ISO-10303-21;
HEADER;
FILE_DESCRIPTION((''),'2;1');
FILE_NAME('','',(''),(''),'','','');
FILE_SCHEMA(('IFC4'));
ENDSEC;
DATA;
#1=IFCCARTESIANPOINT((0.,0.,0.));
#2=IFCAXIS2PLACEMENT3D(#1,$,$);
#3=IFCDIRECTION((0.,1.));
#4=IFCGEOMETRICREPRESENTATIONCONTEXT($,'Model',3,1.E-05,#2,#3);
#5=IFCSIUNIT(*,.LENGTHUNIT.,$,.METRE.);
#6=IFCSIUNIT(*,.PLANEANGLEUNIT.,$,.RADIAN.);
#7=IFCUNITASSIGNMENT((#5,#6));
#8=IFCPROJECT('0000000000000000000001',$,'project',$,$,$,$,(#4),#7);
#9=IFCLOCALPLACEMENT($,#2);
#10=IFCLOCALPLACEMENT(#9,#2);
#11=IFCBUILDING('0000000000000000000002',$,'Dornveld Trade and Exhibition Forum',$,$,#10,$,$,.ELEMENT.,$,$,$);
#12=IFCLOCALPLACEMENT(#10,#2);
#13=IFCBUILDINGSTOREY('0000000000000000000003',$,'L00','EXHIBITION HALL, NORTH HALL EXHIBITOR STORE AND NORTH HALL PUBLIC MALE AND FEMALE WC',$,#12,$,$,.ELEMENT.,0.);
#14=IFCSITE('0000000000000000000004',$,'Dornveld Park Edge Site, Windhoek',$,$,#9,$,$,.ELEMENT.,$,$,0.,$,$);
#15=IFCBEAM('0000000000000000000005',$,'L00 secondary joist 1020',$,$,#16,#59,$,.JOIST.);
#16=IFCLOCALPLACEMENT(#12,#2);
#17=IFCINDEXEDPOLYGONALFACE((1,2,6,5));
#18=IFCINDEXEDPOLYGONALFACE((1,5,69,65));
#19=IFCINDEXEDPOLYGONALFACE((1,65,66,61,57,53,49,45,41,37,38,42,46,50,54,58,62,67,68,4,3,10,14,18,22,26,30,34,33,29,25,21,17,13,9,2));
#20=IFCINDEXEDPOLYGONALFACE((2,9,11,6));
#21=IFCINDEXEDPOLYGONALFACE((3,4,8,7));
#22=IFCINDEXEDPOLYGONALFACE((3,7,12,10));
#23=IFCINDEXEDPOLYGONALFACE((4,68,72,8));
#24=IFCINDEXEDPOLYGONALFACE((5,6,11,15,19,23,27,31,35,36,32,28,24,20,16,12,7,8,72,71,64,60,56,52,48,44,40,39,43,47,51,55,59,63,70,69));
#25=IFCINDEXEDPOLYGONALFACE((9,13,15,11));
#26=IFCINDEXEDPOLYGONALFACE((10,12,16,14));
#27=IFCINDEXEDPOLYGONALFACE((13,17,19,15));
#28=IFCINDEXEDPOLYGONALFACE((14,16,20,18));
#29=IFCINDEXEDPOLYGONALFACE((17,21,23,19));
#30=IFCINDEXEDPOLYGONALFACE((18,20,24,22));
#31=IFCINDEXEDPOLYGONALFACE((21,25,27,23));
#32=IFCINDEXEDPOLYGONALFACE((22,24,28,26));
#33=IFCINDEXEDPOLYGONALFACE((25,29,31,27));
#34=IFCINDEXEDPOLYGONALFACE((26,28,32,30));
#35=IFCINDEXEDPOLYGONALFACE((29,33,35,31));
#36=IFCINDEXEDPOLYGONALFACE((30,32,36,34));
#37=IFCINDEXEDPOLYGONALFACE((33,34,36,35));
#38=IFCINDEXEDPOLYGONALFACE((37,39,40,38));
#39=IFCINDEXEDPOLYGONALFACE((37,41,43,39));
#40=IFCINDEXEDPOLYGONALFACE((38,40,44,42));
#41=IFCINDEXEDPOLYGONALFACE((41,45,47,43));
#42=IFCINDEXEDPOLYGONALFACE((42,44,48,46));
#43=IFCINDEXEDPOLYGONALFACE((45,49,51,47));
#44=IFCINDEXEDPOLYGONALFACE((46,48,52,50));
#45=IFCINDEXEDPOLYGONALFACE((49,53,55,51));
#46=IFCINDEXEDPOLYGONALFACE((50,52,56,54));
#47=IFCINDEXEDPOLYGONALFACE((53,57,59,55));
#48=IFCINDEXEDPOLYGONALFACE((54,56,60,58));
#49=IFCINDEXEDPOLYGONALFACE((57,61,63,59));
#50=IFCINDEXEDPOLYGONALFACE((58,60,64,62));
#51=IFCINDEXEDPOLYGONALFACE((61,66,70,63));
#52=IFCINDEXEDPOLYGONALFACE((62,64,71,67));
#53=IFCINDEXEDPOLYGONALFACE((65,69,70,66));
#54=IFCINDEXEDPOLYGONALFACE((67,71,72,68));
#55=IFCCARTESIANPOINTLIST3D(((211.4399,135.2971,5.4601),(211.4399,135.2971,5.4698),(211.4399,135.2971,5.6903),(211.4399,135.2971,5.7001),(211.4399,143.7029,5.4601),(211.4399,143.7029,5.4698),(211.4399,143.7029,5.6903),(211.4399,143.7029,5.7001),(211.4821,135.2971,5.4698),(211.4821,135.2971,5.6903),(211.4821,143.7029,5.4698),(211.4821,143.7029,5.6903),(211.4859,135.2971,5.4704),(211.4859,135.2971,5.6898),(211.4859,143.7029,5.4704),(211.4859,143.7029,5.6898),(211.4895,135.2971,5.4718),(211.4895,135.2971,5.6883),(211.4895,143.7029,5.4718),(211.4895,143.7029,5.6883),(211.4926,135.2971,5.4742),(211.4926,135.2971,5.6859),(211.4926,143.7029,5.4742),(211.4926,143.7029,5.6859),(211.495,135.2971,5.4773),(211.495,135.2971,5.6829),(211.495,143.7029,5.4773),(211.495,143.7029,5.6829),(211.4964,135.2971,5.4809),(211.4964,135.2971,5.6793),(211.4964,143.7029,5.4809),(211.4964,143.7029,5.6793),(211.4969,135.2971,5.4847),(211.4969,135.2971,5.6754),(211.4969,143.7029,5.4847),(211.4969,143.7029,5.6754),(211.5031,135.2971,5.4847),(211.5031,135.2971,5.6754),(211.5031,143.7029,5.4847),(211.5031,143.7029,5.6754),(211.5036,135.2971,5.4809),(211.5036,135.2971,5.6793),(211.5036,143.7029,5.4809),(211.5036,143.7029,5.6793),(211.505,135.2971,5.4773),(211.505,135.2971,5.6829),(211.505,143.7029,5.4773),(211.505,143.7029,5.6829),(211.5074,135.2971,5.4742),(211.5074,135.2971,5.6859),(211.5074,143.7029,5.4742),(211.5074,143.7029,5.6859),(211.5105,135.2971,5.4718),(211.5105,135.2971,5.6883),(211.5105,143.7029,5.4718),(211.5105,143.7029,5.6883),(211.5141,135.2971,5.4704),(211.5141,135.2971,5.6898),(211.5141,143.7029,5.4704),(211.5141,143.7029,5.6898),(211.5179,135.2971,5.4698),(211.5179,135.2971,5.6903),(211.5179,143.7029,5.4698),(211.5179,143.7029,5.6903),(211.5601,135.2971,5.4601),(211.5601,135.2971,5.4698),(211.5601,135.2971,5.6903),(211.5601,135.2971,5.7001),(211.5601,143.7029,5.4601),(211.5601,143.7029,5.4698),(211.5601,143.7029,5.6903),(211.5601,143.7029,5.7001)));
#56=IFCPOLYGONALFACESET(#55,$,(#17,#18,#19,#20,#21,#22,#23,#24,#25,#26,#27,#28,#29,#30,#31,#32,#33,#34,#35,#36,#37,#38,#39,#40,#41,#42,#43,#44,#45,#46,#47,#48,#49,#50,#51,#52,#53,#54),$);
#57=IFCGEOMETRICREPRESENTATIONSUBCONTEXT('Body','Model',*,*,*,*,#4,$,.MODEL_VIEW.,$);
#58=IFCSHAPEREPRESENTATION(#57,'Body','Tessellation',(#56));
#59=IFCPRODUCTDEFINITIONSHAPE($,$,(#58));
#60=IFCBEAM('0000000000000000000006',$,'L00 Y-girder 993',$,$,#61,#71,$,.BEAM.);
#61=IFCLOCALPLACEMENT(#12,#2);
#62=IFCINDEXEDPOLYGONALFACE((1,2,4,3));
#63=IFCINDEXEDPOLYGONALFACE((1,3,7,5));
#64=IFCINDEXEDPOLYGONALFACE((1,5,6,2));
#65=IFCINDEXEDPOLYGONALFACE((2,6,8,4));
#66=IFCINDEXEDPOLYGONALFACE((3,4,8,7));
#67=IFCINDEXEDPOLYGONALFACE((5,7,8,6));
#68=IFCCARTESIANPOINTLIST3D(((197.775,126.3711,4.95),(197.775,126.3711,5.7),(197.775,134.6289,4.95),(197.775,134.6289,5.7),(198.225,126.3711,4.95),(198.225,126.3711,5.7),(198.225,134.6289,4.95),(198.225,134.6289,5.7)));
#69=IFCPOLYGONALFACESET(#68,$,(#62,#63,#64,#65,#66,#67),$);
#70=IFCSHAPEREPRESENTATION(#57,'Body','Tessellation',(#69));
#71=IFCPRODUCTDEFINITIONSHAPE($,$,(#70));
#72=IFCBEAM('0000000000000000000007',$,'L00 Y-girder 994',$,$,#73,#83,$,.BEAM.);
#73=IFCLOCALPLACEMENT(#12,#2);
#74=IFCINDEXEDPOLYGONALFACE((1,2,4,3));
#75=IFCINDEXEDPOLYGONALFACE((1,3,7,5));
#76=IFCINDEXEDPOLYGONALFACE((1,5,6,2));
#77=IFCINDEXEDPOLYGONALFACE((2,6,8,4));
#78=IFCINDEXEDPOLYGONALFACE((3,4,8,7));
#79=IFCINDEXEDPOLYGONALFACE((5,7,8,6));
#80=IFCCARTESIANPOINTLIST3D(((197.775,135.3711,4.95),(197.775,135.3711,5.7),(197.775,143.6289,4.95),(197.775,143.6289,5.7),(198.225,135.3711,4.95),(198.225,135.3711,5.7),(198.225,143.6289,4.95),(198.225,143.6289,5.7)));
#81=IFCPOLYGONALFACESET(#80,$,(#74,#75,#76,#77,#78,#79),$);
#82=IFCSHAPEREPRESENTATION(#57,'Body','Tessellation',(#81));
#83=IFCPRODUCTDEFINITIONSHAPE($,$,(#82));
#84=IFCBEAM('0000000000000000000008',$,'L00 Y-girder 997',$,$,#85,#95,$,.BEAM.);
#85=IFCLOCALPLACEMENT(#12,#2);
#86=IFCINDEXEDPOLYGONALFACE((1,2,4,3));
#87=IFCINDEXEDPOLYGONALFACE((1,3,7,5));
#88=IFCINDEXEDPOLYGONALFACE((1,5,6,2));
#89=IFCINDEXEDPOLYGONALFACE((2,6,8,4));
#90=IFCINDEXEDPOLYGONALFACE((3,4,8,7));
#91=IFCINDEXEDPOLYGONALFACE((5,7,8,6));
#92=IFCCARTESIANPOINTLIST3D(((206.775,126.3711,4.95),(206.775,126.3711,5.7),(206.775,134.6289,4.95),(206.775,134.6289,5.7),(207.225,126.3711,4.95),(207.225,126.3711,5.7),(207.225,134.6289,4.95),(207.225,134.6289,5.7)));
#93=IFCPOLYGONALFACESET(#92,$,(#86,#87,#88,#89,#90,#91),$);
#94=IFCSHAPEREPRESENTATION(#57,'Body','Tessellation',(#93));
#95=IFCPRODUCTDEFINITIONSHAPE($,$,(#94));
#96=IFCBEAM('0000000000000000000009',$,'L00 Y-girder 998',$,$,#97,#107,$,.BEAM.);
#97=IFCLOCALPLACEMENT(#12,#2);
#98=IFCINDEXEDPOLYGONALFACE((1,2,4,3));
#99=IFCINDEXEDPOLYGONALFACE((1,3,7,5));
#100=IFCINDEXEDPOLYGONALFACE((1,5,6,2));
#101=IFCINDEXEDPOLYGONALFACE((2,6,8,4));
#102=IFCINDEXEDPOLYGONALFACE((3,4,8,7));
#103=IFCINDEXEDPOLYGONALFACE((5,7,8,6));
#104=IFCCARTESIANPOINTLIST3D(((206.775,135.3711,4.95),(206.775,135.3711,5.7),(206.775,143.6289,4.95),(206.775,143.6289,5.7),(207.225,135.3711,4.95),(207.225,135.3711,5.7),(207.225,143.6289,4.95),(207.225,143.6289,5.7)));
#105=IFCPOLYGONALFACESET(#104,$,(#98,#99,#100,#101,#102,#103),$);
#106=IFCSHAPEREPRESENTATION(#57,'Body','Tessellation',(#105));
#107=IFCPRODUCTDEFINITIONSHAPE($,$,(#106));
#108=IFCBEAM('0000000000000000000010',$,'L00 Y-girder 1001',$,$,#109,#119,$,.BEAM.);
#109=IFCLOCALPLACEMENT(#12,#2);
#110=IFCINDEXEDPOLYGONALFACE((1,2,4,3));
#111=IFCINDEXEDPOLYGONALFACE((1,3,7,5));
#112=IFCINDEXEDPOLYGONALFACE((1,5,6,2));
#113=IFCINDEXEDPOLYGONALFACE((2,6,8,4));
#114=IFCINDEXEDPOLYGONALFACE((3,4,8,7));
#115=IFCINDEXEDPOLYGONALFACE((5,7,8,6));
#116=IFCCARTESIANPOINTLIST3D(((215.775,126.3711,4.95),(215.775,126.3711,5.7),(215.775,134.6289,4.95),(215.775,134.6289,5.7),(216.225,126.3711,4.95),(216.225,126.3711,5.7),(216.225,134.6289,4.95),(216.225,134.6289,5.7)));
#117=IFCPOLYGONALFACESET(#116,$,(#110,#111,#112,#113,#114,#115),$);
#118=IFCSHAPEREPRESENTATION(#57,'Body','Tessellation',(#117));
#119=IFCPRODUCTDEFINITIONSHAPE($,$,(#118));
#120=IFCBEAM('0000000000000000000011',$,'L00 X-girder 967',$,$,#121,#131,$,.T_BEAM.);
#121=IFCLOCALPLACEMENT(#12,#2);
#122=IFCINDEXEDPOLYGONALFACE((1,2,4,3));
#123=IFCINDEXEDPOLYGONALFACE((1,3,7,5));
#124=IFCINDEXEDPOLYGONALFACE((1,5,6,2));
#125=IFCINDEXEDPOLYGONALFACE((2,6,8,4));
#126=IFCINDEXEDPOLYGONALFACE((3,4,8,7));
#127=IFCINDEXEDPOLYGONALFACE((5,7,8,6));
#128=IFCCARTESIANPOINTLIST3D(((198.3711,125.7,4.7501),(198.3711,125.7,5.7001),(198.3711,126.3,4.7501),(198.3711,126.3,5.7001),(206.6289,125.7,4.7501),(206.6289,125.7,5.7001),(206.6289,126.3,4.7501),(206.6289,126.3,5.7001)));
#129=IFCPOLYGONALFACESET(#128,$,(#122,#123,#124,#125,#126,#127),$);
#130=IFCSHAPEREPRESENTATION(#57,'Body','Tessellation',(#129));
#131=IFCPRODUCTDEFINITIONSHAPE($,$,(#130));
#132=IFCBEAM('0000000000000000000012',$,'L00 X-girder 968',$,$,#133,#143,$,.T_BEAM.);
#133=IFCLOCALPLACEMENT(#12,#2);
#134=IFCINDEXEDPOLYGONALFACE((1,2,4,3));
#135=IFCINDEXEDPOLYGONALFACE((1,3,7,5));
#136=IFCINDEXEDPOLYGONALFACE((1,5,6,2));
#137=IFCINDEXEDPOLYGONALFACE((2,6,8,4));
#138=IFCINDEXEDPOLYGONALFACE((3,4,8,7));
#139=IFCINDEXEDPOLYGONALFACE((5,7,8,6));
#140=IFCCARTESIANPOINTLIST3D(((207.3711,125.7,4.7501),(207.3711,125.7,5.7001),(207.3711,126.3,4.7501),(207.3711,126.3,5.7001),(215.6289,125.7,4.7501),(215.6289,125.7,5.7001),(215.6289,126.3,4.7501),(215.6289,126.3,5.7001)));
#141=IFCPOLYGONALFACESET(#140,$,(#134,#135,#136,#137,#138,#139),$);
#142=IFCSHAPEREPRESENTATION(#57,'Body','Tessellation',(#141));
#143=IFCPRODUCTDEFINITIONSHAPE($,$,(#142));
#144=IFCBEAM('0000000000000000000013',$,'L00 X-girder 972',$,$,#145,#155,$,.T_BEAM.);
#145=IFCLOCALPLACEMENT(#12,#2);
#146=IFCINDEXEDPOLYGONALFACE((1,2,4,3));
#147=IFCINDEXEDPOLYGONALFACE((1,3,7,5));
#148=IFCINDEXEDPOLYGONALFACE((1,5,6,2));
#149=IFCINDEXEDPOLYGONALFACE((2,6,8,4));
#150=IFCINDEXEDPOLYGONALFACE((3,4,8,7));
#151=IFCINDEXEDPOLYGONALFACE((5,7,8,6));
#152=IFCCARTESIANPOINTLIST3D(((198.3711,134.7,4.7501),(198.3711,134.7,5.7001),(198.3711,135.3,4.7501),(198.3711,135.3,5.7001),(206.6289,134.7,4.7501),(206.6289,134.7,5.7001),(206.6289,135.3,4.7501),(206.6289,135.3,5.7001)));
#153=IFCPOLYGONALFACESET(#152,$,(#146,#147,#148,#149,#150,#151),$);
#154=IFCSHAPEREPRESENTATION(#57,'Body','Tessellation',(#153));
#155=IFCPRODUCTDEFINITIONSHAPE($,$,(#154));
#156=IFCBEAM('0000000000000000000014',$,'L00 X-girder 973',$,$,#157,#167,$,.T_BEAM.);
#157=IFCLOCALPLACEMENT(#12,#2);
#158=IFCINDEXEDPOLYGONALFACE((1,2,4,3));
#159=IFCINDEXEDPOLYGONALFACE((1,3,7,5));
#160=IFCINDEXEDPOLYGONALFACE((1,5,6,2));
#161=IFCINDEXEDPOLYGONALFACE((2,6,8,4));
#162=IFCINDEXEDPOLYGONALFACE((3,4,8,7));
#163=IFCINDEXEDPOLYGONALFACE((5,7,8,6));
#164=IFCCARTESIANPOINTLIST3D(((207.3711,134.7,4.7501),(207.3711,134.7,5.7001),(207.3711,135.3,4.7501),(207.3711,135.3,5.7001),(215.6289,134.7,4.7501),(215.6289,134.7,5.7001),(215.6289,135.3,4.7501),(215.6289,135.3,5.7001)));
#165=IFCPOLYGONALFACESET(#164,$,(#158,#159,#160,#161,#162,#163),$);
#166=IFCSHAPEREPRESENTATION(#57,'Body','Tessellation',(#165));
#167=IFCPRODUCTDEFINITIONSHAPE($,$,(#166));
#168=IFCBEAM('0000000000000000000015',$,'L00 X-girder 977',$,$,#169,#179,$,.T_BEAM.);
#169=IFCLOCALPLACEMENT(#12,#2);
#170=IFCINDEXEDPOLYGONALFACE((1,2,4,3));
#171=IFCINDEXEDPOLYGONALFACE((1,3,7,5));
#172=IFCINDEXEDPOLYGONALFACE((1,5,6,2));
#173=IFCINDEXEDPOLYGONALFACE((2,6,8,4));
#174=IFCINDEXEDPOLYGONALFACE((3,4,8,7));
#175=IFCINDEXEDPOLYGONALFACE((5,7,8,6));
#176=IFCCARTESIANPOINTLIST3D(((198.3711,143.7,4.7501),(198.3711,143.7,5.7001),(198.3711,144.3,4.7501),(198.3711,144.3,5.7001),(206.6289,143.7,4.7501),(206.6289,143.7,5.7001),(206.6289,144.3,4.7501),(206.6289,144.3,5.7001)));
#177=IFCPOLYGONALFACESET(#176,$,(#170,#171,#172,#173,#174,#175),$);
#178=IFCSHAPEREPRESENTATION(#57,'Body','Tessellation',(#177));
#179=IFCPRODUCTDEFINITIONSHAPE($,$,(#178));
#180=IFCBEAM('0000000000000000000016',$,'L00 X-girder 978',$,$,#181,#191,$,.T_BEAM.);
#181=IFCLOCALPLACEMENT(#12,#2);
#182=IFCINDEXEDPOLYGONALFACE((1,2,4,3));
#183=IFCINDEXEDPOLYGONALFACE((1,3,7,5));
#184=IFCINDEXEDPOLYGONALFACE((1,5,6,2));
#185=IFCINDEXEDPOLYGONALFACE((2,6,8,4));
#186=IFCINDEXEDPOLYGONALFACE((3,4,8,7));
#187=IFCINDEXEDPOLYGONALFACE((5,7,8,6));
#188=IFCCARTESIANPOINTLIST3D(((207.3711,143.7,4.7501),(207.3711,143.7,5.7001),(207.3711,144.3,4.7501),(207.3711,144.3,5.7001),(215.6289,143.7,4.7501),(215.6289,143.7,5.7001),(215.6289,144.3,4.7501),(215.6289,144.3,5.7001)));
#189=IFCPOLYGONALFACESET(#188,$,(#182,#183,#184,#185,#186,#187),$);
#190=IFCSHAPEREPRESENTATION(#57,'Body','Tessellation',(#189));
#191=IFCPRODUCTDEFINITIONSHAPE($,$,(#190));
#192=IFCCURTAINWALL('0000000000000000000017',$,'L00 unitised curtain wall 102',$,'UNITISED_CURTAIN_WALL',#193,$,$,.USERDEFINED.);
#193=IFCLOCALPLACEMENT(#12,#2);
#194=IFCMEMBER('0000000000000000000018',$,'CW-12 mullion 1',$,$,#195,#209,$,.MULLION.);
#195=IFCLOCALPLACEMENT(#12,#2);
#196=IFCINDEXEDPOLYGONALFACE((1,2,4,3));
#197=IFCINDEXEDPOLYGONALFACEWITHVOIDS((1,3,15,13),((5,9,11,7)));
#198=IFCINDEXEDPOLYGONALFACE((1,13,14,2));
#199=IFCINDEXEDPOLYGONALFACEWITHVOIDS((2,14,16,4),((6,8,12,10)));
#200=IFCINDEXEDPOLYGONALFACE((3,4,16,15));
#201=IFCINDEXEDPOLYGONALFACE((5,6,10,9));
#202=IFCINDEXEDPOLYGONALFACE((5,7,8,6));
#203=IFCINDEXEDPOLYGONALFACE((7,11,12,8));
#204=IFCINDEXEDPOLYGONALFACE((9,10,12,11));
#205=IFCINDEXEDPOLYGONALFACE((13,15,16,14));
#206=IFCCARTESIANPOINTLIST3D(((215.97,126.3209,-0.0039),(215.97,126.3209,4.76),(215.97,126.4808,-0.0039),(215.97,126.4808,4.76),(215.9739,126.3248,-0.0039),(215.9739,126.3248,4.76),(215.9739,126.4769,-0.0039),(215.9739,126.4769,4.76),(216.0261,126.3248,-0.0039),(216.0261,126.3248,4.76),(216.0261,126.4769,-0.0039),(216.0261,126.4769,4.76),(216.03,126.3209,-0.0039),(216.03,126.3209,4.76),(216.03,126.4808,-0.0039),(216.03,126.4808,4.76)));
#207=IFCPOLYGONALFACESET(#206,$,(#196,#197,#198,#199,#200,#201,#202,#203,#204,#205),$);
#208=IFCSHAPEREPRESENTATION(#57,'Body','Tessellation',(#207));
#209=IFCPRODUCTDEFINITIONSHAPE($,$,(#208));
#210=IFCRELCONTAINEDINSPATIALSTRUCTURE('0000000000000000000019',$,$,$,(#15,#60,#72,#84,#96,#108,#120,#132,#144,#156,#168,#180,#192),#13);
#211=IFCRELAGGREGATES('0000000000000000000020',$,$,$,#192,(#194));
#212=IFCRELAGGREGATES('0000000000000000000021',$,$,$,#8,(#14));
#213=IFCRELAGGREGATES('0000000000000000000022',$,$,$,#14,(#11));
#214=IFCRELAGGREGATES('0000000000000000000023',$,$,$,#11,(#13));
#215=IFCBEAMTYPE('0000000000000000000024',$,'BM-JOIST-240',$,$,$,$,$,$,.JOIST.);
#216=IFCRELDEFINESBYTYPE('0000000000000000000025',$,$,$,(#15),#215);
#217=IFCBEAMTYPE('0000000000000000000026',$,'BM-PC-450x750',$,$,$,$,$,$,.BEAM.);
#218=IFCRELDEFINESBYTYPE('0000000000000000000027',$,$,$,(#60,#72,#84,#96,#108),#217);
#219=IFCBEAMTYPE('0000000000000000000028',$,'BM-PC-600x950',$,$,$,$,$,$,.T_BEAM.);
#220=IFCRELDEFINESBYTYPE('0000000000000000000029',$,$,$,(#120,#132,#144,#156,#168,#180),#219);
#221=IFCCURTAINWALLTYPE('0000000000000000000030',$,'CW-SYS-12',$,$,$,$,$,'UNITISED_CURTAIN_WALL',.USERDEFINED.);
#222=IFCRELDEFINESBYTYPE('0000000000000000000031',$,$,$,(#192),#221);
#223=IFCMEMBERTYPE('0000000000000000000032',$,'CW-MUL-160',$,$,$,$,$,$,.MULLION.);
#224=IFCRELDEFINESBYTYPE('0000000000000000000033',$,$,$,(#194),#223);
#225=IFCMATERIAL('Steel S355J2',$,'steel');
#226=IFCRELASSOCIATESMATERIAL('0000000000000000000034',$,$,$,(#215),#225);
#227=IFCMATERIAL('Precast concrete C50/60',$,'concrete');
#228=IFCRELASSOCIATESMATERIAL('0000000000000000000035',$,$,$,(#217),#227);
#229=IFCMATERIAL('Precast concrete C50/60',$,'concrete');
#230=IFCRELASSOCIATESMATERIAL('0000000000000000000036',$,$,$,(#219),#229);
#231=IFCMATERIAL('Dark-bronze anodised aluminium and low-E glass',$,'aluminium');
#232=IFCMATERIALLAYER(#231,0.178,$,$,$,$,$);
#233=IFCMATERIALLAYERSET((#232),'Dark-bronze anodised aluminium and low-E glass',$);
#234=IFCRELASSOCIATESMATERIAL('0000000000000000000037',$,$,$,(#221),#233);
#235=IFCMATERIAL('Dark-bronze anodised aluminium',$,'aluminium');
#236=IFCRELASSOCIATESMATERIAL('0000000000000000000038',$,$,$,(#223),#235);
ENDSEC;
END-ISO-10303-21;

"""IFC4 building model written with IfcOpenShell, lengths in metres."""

from ifc_helpers import new_model, si_unit, direction, frame, origin, origin_2d, place, context, subcontext, project, spatial, rectangle, hollow_rectangle, i_section, extrude, material, layer, layer_set, material_profile, profile_set, type_object, element, aggregate, save


model = new_model("IFC4")

# Units and contexts
model_context = context("Model", 3, precision=1e-05, world=origin(), true_north=direction((0.0, 1.0)))
body_context = subcontext(model_context, "Body", "Model", "MODEL_VIEW")
ifc_project = project(units=[si_unit("LENGTHUNIT", "METRE"), si_unit("PLANEANGLEUNIT", "RADIAN")], contexts=[model_context])

# Site, building, storey
site_placement = place(None, origin())
site = spatial("IfcSite", under=ifc_project, at=site_placement, Name="Dornveld Park Edge Site, Windhoek", CompositionType="ELEMENT", RefElevation=0.0)
building_placement = place(site_placement, origin())
building = spatial("IfcBuilding", under=site, at=building_placement, Name="Dornveld Trade and Exhibition Forum", CompositionType="ELEMENT")
storey_placement = place(building_placement, origin())
storey = spatial("IfcBuildingStorey", under=building, at=storey_placement, Name="L00", Description="EXHIBITION HALL, NORTH HALL EXHIBITOR STORE AND NORTH HALL PUBLIC MALE AND FEMALE WC", CompositionType="ELEMENT", Elevation=0.0)

# Beams
ifc_material_1 = material(Name="Steel S355J2", Category="steel")
ifc_material_profile_1 = material_profile(ifc_material_1, i_section(OverallWidth=0.1201, OverallDepth=0.24, WebThickness=0.0061, FlangeThickness=0.0098, FilletRadius=0.0149, at=origin_2d()), Name="IPE 240")
ifc_profile_set_1 = profile_set([ifc_material_profile_1], Name="Steel S355J2")
beam_type_1 = type_object("IfcBeamType", Name="BM-JOIST-240", PredefinedType="JOIST", material=ifc_profile_set_1)
for number, where, z_axis, x_axis, name in (
    (1, (211.5, 135.2971, 5.5801), (0.0, 1.0, 0.0), (-1.0, 0.0, 0.0), "L00 secondary joist 1020"),
):
    element("IfcBeam", number, at=place(storey_placement, frame(where, z_axis=z_axis, x_axis=x_axis)), inside=storey, type_object=beam_type_1, Name=name, PredefinedType="JOIST", context=body_context, shape_type="SweptSolid", body=[
        extrude(i_section(OverallWidth=0.1201, OverallDepth=0.24, WebThickness=0.0061, FlangeThickness=0.0098, FilletRadius=0.0149, at=origin_2d()), origin(), (0.0, 0.0, 1.0), 8.4058),
    ])
ifc_material_2 = material(Name="Precast concrete C50/60", Category="concrete")
ifc_material_profile_2 = material_profile(ifc_material_2, rectangle(XDim=0.45, YDim=0.75, at=origin_2d()), Name="PC-BM 450x750")
ifc_profile_set_2 = profile_set([ifc_material_profile_2], Name="Precast concrete C50/60")
beam_type_2 = type_object("IfcBeamType", Name="BM-PC-450x750", PredefinedType="BEAM", material=ifc_profile_set_2)
for number, where, z_axis, x_axis, name in (
    (2, (198.0, 126.3711, 5.325), (0.0, 1.0, 0.0), (-1.0, 0.0, 0.0), "L00 Y-girder 993"),
    (3, (198.0, 135.3711, 5.325), (0.0, 1.0, 0.0), (-1.0, 0.0, 0.0), "L00 Y-girder 994"),
    (4, (207.0, 126.3711, 5.325), (0.0, 1.0, 0.0), (-1.0, 0.0, 0.0), "L00 Y-girder 997"),
    (5, (207.0, 135.3711, 5.325), (0.0, 1.0, 0.0), (-1.0, 0.0, 0.0), "L00 Y-girder 998"),
    (6, (216.0, 126.3711, 5.325), (0.0, 1.0, 0.0), (-1.0, 0.0, 0.0), "L00 Y-girder 1001"),
):
    element("IfcBeam", number, at=place(storey_placement, frame(where, z_axis=z_axis, x_axis=x_axis)), inside=storey, type_object=beam_type_2, Name=name, PredefinedType="BEAM", context=body_context, shape_type="SweptSolid", body=[
        extrude(rectangle(XDim=0.45, YDim=0.75, at=origin_2d()), origin(), (0.0, 0.0, 1.0), 8.2578),
    ])
ifc_material_3 = material(Name="Precast concrete C50/60", Category="concrete")
ifc_material_profile_3 = material_profile(ifc_material_3, rectangle(XDim=0.6001, YDim=0.95, at=origin_2d()), Name="PC-GIR 600x950")
ifc_profile_set_3 = profile_set([ifc_material_profile_3], Name="Precast concrete C50/60")
beam_type_3 = type_object("IfcBeamType", Name="BM-PC-600x950", PredefinedType="T_BEAM", material=ifc_profile_set_3)
for number, where, z_axis, x_axis, name in (
    (7, (198.3711, 126.0, 5.2251), (1.0, 0.0, 0.0), (0.0, 1.0, 0.0), "L00 X-girder 967"),
    (8, (207.3711, 126.0, 5.2251), (1.0, 0.0, 0.0), (0.0, 1.0, 0.0), "L00 X-girder 968"),
    (9, (198.3711, 135.0, 5.2251), (1.0, 0.0, 0.0), (0.0, 1.0, 0.0), "L00 X-girder 972"),
    (10, (207.3711, 135.0, 5.2251), (1.0, 0.0, 0.0), (0.0, 1.0, 0.0), "L00 X-girder 973"),
    (11, (198.3711, 144.0, 5.2251), (1.0, 0.0, 0.0), (0.0, 1.0, 0.0), "L00 X-girder 977"),
    (12, (207.3711, 144.0, 5.2251), (1.0, 0.0, 0.0), (0.0, 1.0, 0.0), "L00 X-girder 978"),
):
    element("IfcBeam", number, at=place(storey_placement, frame(where, z_axis=z_axis, x_axis=x_axis)), inside=storey, type_object=beam_type_3, Name=name, PredefinedType="T_BEAM", context=body_context, shape_type="SweptSolid", body=[
        extrude(rectangle(XDim=0.6001, YDim=0.95, at=origin_2d()), origin(), (0.0, 0.0, 1.0), 8.2578),
    ])

# Curtain wall, member
ifc_material_4 = material(Name="Dark-bronze anodised aluminium and low-E glass", Category="aluminium")
ifc_layer = layer(ifc_material_4, 0.178)
ifc_layer_set = layer_set([ifc_layer], Name="Dark-bronze anodised aluminium and low-E glass")
curtain_wall_type = type_object("IfcCurtainWallType", Name="CW-SYS-12", ElementType="UNITISED_CURTAIN_WALL", PredefinedType="USERDEFINED", material=ifc_layer_set)
curtain_wall_placement = place(storey_placement, origin())
curtain_wall = element("IfcCurtainWall", 13, at=curtain_wall_placement, inside=storey, type_object=curtain_wall_type, Name="L00 unitised curtain wall 102", ObjectType="UNITISED_CURTAIN_WALL", PredefinedType="USERDEFINED")
ifc_material_5 = material(Name="Dark-bronze anodised aluminium", Category="aluminium")
ifc_material_profile_4 = material_profile(ifc_material_5, hollow_rectangle(XDim=0.0601, YDim=0.1599, WallThickness=0.0039, at=origin_2d()), Name="RHS 160x60x4")
ifc_profile_set_4 = profile_set([ifc_material_profile_4], Name="Dark-bronze anodised aluminium")
member_type = type_object("IfcMemberType", Name="CW-MUL-160", PredefinedType="MULLION", material=ifc_profile_set_4)
member_placement = place(storey_placement, frame((216.0, 126.4009, -0.0039), z_axis=(0.0, 0.0, 1.0), x_axis=(-1.0, 0.0, 0.0)))
member = element("IfcMember", 14, at=member_placement, type_object=member_type, Name="CW-12 mullion 1", PredefinedType="MULLION", context=body_context, shape_type="SweptSolid", body=[
    extrude(hollow_rectangle(XDim=0.0601, YDim=0.1599, WallThickness=0.0039, at=origin_2d()), origin(), (0.0, 0.0, 1.0), 4.7639),
])
aggregate(curtain_wall, [member])

save(model, "model.ifc")
